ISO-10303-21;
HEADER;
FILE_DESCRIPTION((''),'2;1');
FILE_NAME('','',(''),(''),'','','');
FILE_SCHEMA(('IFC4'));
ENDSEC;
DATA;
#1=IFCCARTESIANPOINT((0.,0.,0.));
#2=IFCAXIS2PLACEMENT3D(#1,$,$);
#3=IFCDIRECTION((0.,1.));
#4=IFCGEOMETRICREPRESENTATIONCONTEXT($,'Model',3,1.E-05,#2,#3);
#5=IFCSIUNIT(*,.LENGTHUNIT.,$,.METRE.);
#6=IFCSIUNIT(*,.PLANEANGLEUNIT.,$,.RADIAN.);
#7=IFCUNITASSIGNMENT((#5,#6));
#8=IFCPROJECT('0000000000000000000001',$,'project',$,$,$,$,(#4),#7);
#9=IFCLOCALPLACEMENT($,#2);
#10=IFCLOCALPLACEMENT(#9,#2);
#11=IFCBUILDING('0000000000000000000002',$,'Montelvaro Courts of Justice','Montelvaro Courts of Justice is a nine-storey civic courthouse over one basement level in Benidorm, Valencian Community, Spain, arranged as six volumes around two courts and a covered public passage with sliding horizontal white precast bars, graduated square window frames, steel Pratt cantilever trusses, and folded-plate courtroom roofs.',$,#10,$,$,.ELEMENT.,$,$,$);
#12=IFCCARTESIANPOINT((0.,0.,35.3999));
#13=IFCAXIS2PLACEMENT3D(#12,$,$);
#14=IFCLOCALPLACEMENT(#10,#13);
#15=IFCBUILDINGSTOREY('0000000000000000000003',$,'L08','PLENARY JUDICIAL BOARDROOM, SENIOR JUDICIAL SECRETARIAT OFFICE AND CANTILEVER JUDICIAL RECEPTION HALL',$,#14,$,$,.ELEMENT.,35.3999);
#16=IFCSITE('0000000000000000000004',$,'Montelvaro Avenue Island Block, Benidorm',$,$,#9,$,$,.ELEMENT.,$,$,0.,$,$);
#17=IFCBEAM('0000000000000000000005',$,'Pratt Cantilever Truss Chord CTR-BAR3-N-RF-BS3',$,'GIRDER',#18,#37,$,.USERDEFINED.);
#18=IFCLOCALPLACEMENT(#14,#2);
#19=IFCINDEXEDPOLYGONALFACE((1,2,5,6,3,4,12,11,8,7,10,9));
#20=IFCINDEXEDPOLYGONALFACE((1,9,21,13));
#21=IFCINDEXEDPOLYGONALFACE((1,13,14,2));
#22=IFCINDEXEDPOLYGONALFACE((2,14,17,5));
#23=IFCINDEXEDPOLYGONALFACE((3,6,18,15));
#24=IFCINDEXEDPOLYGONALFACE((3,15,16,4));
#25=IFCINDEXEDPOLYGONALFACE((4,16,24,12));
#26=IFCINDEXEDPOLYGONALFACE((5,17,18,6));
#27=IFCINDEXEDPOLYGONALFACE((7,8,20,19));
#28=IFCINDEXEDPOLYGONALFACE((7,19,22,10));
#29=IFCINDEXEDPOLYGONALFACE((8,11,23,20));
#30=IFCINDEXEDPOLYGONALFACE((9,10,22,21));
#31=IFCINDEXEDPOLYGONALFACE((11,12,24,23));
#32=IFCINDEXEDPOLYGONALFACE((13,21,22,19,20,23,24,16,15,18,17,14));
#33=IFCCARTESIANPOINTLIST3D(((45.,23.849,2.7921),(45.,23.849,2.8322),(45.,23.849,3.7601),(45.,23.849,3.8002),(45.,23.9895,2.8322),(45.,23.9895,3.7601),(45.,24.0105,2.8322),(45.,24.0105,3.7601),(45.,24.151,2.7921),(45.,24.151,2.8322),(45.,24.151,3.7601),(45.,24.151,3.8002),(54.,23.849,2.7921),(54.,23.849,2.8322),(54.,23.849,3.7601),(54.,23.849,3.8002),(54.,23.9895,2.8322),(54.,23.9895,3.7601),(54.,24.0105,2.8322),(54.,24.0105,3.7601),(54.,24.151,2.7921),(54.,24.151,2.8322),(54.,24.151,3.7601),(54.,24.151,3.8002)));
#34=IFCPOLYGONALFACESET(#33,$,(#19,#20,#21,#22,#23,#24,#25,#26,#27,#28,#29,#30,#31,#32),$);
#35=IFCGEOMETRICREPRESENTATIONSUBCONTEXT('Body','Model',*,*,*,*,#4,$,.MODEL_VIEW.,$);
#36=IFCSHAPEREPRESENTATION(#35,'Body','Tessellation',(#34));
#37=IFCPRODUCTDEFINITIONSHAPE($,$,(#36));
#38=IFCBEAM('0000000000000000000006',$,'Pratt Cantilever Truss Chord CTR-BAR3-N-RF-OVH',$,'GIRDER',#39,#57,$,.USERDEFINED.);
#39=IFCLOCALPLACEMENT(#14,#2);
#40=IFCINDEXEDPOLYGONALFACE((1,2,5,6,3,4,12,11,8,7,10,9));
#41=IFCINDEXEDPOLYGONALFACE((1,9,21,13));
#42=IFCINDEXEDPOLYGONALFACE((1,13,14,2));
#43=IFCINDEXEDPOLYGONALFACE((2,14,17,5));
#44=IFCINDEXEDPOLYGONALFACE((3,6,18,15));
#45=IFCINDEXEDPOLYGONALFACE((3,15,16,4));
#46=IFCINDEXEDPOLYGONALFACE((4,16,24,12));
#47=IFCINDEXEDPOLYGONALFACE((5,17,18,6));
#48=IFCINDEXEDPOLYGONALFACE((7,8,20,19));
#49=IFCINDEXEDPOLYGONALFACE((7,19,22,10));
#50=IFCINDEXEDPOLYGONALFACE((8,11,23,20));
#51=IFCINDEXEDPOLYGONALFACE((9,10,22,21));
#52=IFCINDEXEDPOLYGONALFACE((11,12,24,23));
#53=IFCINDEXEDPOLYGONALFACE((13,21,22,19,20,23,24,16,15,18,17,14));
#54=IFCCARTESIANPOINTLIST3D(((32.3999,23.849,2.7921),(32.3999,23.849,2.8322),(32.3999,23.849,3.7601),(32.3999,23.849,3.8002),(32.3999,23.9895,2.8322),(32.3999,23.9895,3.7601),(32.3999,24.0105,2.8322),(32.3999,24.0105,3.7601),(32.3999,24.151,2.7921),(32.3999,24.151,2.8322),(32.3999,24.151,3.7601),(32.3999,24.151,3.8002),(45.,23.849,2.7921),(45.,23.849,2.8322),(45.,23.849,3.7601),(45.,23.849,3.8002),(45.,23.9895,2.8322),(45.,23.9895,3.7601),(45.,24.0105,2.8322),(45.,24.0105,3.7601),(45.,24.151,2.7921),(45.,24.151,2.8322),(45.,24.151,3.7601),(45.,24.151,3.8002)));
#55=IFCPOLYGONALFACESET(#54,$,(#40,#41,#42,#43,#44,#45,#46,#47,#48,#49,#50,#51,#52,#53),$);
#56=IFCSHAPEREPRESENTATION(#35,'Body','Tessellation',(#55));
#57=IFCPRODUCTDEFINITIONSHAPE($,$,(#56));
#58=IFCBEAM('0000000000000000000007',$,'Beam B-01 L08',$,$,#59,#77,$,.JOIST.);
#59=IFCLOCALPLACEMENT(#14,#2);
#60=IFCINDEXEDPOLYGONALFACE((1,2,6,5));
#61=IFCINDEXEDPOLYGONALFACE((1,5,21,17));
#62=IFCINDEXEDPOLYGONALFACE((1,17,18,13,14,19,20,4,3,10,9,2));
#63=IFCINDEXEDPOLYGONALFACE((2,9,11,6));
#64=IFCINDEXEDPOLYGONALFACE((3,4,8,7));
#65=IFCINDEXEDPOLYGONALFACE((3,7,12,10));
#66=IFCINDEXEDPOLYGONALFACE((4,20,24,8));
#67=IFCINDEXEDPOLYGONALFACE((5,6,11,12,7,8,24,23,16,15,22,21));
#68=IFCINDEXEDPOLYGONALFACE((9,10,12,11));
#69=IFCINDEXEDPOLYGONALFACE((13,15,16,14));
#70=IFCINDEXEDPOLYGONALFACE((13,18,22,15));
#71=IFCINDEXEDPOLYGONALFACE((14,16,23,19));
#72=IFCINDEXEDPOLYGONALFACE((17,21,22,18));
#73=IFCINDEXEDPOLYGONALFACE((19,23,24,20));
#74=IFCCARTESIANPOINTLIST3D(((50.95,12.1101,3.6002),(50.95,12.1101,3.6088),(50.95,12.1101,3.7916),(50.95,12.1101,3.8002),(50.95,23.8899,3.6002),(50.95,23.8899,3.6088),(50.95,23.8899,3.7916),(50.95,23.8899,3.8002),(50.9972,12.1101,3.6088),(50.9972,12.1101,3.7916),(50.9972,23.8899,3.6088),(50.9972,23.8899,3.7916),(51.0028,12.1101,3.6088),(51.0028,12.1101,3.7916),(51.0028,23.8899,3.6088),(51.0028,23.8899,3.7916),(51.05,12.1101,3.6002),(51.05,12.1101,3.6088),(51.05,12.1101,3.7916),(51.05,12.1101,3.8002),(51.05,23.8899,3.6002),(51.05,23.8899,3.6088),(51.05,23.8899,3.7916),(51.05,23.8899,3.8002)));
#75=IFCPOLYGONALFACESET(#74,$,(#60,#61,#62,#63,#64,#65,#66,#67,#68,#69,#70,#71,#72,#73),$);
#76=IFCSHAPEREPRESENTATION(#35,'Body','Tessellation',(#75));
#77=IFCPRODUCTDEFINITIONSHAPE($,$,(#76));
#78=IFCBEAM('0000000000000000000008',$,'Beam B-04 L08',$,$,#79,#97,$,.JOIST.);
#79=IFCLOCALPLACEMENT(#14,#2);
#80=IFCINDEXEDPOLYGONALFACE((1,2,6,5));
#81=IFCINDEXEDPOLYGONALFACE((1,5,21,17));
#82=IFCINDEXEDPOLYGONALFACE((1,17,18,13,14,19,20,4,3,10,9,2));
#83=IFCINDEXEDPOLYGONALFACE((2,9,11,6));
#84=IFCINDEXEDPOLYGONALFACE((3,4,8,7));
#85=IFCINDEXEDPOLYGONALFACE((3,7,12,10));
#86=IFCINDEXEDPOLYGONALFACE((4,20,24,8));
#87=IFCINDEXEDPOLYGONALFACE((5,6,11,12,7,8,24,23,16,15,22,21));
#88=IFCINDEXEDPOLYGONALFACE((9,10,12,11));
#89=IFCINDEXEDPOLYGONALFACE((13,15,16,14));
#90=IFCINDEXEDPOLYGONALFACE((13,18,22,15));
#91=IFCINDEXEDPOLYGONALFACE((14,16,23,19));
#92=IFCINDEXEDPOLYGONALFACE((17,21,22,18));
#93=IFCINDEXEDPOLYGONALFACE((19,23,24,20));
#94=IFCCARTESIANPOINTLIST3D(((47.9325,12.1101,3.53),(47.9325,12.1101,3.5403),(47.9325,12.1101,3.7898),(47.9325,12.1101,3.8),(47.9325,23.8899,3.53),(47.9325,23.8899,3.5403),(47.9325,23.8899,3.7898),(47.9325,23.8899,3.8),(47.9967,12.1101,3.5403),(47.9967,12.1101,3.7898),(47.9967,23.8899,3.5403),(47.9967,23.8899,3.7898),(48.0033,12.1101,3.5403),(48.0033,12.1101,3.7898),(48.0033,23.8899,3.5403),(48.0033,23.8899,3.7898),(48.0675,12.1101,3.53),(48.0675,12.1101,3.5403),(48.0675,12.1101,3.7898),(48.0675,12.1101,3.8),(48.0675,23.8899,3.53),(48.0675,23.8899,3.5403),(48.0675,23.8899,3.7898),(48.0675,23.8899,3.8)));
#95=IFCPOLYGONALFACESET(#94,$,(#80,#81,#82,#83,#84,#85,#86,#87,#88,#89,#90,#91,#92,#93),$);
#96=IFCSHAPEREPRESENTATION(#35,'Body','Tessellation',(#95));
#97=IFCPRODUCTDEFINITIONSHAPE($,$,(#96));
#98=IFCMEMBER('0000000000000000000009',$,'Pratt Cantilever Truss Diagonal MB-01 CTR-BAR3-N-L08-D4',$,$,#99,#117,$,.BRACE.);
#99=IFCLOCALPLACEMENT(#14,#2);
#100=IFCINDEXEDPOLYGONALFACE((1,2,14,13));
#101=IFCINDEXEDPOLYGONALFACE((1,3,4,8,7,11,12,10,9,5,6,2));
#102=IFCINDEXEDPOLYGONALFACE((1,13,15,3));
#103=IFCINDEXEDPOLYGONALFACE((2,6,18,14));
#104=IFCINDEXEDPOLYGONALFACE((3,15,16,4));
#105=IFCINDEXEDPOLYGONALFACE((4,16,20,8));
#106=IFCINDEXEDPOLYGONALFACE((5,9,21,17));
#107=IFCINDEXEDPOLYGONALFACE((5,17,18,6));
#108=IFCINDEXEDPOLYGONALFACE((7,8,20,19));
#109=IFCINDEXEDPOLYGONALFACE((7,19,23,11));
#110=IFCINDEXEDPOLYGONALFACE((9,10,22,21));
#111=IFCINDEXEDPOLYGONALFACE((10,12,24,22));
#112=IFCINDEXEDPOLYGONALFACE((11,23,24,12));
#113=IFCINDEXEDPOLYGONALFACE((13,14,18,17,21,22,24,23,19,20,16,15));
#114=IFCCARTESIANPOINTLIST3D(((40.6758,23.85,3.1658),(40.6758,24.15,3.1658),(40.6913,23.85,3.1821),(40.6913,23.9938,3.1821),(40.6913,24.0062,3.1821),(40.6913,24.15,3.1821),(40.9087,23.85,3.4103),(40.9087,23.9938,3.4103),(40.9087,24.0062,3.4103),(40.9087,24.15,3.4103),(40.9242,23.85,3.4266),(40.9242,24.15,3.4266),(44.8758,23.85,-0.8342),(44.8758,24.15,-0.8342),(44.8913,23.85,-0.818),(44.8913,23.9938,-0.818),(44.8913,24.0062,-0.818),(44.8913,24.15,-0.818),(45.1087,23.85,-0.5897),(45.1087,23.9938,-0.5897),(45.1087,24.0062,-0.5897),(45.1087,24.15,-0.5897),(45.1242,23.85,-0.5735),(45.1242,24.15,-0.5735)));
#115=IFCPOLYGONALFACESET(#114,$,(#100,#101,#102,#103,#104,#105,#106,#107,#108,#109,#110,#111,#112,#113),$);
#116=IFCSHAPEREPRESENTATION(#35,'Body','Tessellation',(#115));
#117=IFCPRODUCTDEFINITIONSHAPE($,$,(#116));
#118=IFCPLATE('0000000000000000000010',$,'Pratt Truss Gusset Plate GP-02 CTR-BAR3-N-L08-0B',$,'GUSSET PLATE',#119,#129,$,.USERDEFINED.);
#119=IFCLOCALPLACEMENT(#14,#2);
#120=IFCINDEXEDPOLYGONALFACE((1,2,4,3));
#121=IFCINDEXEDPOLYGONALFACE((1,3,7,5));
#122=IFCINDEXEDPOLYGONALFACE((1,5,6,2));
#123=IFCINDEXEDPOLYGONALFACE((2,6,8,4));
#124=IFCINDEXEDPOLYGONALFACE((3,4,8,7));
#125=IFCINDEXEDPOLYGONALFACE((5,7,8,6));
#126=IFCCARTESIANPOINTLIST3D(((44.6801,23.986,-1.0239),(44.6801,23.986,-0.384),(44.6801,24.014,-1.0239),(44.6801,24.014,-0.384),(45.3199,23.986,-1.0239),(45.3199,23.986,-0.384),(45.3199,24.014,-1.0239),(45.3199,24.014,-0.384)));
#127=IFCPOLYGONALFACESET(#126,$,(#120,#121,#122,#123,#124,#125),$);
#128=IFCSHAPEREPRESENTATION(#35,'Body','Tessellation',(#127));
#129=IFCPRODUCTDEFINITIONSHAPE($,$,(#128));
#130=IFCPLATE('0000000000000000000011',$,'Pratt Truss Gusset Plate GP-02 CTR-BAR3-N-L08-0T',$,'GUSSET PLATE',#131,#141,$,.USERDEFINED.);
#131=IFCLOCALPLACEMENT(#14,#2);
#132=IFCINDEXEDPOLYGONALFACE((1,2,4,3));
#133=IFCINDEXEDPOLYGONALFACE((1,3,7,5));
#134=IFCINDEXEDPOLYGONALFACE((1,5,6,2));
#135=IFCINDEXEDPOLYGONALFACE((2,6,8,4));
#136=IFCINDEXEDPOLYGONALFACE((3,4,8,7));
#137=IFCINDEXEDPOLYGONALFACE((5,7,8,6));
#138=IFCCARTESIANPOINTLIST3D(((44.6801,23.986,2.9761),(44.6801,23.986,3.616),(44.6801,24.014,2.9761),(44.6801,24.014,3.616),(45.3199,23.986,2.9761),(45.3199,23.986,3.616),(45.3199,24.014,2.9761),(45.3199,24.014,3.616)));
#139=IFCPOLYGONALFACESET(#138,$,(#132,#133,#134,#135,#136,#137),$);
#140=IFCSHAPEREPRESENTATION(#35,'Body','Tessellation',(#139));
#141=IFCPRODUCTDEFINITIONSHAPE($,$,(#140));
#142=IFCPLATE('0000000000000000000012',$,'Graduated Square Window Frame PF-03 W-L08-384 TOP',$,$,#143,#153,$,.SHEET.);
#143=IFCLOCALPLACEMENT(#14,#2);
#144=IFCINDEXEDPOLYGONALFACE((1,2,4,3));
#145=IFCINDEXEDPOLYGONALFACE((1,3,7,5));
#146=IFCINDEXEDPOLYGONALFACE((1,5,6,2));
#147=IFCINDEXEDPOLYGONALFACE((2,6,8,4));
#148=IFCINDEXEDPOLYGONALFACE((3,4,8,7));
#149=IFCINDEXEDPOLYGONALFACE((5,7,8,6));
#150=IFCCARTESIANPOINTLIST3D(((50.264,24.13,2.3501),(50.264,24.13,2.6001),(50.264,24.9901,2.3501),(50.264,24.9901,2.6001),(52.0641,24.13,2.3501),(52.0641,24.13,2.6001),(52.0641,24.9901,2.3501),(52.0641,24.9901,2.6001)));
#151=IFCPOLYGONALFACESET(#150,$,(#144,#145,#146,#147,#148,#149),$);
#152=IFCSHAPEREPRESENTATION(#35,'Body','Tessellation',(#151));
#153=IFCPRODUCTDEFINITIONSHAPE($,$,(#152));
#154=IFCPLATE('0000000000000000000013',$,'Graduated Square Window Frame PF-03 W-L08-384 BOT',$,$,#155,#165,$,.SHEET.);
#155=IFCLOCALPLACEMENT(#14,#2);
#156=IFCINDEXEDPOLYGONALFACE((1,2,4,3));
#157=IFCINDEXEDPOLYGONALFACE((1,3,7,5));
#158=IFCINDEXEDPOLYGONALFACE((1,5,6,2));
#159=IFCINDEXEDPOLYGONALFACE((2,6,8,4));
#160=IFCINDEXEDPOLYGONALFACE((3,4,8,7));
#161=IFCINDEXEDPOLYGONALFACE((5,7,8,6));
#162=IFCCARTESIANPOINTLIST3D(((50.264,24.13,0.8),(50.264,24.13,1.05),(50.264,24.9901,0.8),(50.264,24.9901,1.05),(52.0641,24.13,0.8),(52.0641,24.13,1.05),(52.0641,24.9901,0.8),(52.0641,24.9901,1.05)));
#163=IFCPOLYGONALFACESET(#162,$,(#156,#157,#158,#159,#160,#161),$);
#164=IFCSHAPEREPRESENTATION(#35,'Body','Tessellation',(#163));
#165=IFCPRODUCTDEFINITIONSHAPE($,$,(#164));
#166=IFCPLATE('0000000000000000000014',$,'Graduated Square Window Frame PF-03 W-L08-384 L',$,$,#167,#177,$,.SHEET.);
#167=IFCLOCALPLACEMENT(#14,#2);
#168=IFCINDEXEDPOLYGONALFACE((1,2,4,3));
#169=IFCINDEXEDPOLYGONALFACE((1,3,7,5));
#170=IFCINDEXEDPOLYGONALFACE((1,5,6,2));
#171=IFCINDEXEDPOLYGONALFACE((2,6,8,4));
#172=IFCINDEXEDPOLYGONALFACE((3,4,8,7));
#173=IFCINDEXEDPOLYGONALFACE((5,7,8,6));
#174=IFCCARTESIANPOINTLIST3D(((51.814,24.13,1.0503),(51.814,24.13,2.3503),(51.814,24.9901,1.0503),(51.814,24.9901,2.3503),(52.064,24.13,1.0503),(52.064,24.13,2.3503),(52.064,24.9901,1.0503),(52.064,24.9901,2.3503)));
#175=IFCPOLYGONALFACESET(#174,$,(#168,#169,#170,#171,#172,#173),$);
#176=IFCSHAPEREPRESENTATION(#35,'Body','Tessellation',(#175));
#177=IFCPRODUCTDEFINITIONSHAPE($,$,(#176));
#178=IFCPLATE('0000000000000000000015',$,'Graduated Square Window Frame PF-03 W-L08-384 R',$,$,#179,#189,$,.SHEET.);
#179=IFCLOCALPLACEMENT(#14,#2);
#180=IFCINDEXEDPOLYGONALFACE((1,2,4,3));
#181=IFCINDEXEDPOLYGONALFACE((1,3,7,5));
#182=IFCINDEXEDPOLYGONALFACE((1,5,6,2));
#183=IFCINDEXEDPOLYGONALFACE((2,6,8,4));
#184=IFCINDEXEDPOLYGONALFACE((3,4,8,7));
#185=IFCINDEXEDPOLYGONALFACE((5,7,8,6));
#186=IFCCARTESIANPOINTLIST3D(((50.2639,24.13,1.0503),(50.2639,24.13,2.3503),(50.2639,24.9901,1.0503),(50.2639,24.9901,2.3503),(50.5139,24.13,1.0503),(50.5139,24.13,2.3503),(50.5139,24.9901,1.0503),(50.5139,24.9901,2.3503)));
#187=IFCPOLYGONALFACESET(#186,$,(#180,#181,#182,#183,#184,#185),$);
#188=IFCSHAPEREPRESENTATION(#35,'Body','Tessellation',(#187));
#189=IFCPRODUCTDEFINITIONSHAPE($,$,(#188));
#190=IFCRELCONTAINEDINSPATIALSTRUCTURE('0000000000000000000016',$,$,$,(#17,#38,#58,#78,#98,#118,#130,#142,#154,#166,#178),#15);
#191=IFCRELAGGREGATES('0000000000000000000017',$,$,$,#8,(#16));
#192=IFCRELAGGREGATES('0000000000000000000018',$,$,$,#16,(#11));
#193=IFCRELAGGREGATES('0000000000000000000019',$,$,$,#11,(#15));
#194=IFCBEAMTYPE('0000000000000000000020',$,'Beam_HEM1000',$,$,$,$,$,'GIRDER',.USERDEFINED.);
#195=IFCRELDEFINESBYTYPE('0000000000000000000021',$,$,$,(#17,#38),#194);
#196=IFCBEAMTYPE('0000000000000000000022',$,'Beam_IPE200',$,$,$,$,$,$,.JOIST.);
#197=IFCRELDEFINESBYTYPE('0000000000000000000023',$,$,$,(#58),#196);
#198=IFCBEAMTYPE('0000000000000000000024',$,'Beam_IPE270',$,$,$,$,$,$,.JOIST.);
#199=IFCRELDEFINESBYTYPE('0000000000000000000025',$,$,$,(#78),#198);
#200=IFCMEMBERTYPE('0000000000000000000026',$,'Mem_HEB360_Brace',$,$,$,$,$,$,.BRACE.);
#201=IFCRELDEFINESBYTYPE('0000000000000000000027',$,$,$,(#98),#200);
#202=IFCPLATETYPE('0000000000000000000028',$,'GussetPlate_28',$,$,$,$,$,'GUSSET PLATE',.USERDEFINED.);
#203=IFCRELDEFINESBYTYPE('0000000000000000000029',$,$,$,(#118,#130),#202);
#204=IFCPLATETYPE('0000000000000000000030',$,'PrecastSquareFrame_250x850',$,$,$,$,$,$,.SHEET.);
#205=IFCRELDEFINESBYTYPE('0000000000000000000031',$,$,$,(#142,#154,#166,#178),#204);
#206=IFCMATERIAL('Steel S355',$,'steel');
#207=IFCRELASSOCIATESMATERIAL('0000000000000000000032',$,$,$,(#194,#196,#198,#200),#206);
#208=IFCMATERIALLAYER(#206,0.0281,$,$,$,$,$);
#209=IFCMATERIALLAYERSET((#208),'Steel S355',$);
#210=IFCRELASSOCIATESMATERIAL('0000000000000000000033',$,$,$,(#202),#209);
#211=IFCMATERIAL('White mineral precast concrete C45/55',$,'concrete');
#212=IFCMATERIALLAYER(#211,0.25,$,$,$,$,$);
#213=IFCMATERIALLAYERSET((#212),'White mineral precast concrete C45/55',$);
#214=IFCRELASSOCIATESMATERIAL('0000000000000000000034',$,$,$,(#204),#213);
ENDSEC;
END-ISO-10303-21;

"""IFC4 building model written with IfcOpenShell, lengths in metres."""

from ifc_helpers import new_model, si_unit, direction, frame, origin, origin_2d, place, context, subcontext, project, spatial, rectangle, i_section, extrude, material, layer, layer_set, material_profile, profile_set, type_object, element, save


model = new_model("IFC4")

# Units and contexts
model_context = context("Model", 3, precision=1e-05, world=origin(), true_north=direction((0.0, 1.0)))
body_context = subcontext(model_context, "Body", "Model", "MODEL_VIEW")
ifc_project = project(units=[si_unit("LENGTHUNIT", "METRE"), si_unit("PLANEANGLEUNIT", "RADIAN")], contexts=[model_context])

# Site, building, storey
site_placement = place(None, origin())
site = spatial("IfcSite", under=ifc_project, at=site_placement, Name="Montelvaro Avenue Island Block, Benidorm", CompositionType="ELEMENT", RefElevation=0.0)
building_placement = place(site_placement, origin())
building = spatial("IfcBuilding", under=site, at=building_placement, Name="Montelvaro Courts of Justice", Description="Montelvaro Courts of Justice is a nine-storey civic courthouse over one basement level in Benidorm, Valencian Community, Spain, arranged as six volumes around two courts and a covered public passage with sliding horizontal white precast bars, graduated square window frames, steel Pratt cantilever trusses, and folded-plate courtroom roofs.", CompositionType="ELEMENT")
storey_placement = place(building_placement, frame((0.0, 0.0, 35.3999)))
storey = spatial("IfcBuildingStorey", under=building, at=storey_placement, Name="L08", Description="PLENARY JUDICIAL BOARDROOM, SENIOR JUDICIAL SECRETARIAT OFFICE AND CANTILEVER JUDICIAL RECEPTION HALL", CompositionType="ELEMENT", Elevation=35.3999)

# Shared definitions
ifc_material_1 = material(Name="Steel S355", Category="steel")

# Beams
ifc_material_profile_1 = material_profile(ifc_material_1, i_section(OverallWidth=0.302, OverallDepth=1.0081, WebThickness=0.021, FlangeThickness=0.04, at=origin_2d()), Name="HEM 1000")
ifc_profile_set_1 = profile_set([ifc_material_profile_1], Name="Steel S355")
beam_type_1 = type_object("IfcBeamType", Name="Beam_HEM1000", ElementType="GIRDER", PredefinedType="USERDEFINED", material=ifc_profile_set_1)
beam_1_placement = place(storey_placement, frame((54.0, 24.0, 3.2961), z_axis=(-1.0, 0.0, 0.0), x_axis=(0.0, -1.0, 0.0)))
element("IfcBeam", 1, at=beam_1_placement, inside=storey, type_object=beam_type_1, Name="Pratt Cantilever Truss Chord CTR-BAR3-N-RF-BS3", ObjectType="GIRDER", PredefinedType="USERDEFINED", context=body_context, shape_type="SweptSolid", body=[
    extrude(i_section(OverallWidth=0.302, OverallDepth=1.0081, WebThickness=0.021, FlangeThickness=0.04, at=origin_2d()), origin(), (0.0, 0.0, 1.0), 9.0),
])
beam_2_placement = place(storey_placement, frame((45.0, 24.0, 3.2961), z_axis=(-1.0, 0.0, 0.0), x_axis=(0.0, -1.0, 0.0)))
element("IfcBeam", 2, at=beam_2_placement, inside=storey, type_object=beam_type_1, Name="Pratt Cantilever Truss Chord CTR-BAR3-N-RF-OVH", ObjectType="GIRDER", PredefinedType="USERDEFINED", context=body_context, shape_type="SweptSolid", body=[
    extrude(i_section(OverallWidth=0.302, OverallDepth=1.0081, WebThickness=0.021, FlangeThickness=0.04, at=origin_2d()), origin(), (0.0, 0.0, 1.0), 12.6001),
])
ifc_material_profile_2 = material_profile(ifc_material_1, i_section(OverallWidth=0.1001, OverallDepth=0.2, WebThickness=0.0056, FlangeThickness=0.0085, at=origin_2d()), Name="IPE 200")
ifc_profile_set_2 = profile_set([ifc_material_profile_2], Name="Steel S355")
beam_type_2 = type_object("IfcBeamType", Name="Beam_IPE200", PredefinedType="JOIST", material=ifc_profile_set_2)
beam_3_placement = place(storey_placement, frame((51.0, 12.1101, 3.7002), z_axis=(0.0, 1.0, 0.0), x_axis=(-1.0, 0.0, 0.0)))
element("IfcBeam", 3, at=beam_3_placement, inside=storey, type_object=beam_type_2, Name="Beam B-01 L08", PredefinedType="JOIST", context=body_context, shape_type="SweptSolid", body=[
    extrude(i_section(OverallWidth=0.1001, OverallDepth=0.2, WebThickness=0.0056, FlangeThickness=0.0085, at=origin_2d()), origin(), (0.0, 0.0, 1.0), 11.7798),
])
ifc_material_profile_3 = material_profile(ifc_material_1, i_section(OverallWidth=0.135, OverallDepth=0.27, WebThickness=0.0066, FlangeThickness=0.0103, at=origin_2d()), Name="IPE 270")
ifc_profile_set_3 = profile_set([ifc_material_profile_3], Name="Steel S355")
beam_type_3 = type_object("IfcBeamType", Name="Beam_IPE270", PredefinedType="JOIST", material=ifc_profile_set_3)
beam_4_placement = place(storey_placement, frame((48.0, 12.1101, 3.665), z_axis=(0.0, 1.0, 0.0), x_axis=(-1.0, 0.0, 0.0)))
element("IfcBeam", 4, at=beam_4_placement, inside=storey, type_object=beam_type_3, Name="Beam B-04 L08", PredefinedType="JOIST", context=body_context, shape_type="SweptSolid", body=[
    extrude(i_section(OverallWidth=0.135, OverallDepth=0.27, WebThickness=0.0066, FlangeThickness=0.0103, at=origin_2d()), origin(), (0.0, 0.0, 1.0), 11.7798),
])

# Member
ifc_material_profile_4 = material_profile(ifc_material_1, i_section(OverallWidth=0.3, OverallDepth=0.3601, WebThickness=0.0125, FlangeThickness=0.0225, at=origin_2d()), Name="HEB 360")
ifc_profile_set_4 = profile_set([ifc_material_profile_4], Name="Steel S355")
member_type = type_object("IfcMemberType", Name="Mem_HEB360_Brace", PredefinedType="BRACE", material=ifc_profile_set_4)
member_placement = place(storey_placement, frame((45.0, 24.0, -0.7039), z_axis=(-0.724134, 0.0, 0.689659), x_axis=(0.0, -1.0, 0.0)))
element("IfcMember", 5, at=member_placement, inside=storey, type_object=member_type, Name="Pratt Cantilever Truss Diagonal MB-01 CTR-BAR3-N-L08-D4", PredefinedType="BRACE", context=body_context, shape_type="SweptSolid", body=[
    extrude(i_section(OverallWidth=0.3, OverallDepth=0.3601, WebThickness=0.0125, FlangeThickness=0.0225, at=origin_2d()), origin(), (0.0, 0.0, 1.0), 5.8),
])

# Plates
ifc_layer_1 = layer(ifc_material_1, 0.0281)
ifc_layer_set_1 = layer_set([ifc_layer_1], Name="Steel S355")
plate_type_1 = type_object("IfcPlateType", Name="GussetPlate_28", ElementType="GUSSET PLATE", PredefinedType="USERDEFINED", material=ifc_layer_set_1)
for number, where, z_axis, x_axis, name in (
    (6, (45.0, 24.0, -1.0239), (0.0, 0.0, 1.0), (1.0, 0.0, 0.0), "Pratt Truss Gusset Plate GP-02 CTR-BAR3-N-L08-0B"),
    (7, (45.0, 24.0, 2.9761), (0.0, 0.0, 1.0), (1.0, 0.0, 0.0), "Pratt Truss Gusset Plate GP-02 CTR-BAR3-N-L08-0T"),
):
    element("IfcPlate", number, at=place(storey_placement, frame(where, z_axis=z_axis, x_axis=x_axis)), inside=storey, type_object=plate_type_1, Name=name, ObjectType="GUSSET PLATE", PredefinedType="USERDEFINED", context=body_context, shape_type="SweptSolid", body=[
        extrude(rectangle(XDim=0.6399, YDim=0.0281, at=origin_2d()), origin(), (0.0, 0.0, 1.0), 0.6399),
    ])
ifc_material_2 = material(Name="White mineral precast concrete C45/55", Category="concrete")
ifc_layer_2 = layer(ifc_material_2, 0.25)
ifc_layer_set_2 = layer_set([ifc_layer_2], Name="White mineral precast concrete C45/55")
plate_type_2 = type_object("IfcPlateType", Name="PrecastSquareFrame_250x850", PredefinedType="SHEET", material=ifc_layer_set_2)
for number, where, z_axis, x_axis, name in (
    (8, (51.1641, 24.5601, 2.3501), (0.0, 0.0, 1.0), (-1.0, 0.0, 0.0), "Graduated Square Window Frame PF-03 W-L08-384 TOP"),
    (9, (51.1641, 24.5601, 0.8), (0.0, 0.0, 1.0), (-1.0, 0.0, 0.0), "Graduated Square Window Frame PF-03 W-L08-384 BOT"),
):
    element("IfcPlate", number, at=place(storey_placement, frame(where, z_axis=z_axis, x_axis=x_axis)), inside=storey, type_object=plate_type_2, Name=name, PredefinedType="SHEET", context=body_context, shape_type="SweptSolid", body=[
        extrude(rectangle(XDim=1.8, YDim=0.8601, at=origin_2d()), origin(), (0.0, 0.0, 1.0), 0.25),
    ])
for number, where, z_axis, x_axis, name in (
    (10, (51.939, 24.5601, 1.0503), (0.0, 0.0, 1.0), (-1.0, 0.0, 0.0), "Graduated Square Window Frame PF-03 W-L08-384 L"),
    (11, (50.3889, 24.5601, 1.0503), (0.0, 0.0, 1.0), (-1.0, 0.0, 0.0), "Graduated Square Window Frame PF-03 W-L08-384 R"),
):
    element("IfcPlate", number, at=place(storey_placement, frame(where, z_axis=z_axis, x_axis=x_axis)), inside=storey, type_object=plate_type_2, Name=name, PredefinedType="SHEET", context=body_context, shape_type="SweptSolid", body=[
        extrude(rectangle(XDim=0.25, YDim=0.8601, at=origin_2d()), origin(), (0.0, 0.0, 1.0), 1.3),
    ])

save(model, "model.ifc")
